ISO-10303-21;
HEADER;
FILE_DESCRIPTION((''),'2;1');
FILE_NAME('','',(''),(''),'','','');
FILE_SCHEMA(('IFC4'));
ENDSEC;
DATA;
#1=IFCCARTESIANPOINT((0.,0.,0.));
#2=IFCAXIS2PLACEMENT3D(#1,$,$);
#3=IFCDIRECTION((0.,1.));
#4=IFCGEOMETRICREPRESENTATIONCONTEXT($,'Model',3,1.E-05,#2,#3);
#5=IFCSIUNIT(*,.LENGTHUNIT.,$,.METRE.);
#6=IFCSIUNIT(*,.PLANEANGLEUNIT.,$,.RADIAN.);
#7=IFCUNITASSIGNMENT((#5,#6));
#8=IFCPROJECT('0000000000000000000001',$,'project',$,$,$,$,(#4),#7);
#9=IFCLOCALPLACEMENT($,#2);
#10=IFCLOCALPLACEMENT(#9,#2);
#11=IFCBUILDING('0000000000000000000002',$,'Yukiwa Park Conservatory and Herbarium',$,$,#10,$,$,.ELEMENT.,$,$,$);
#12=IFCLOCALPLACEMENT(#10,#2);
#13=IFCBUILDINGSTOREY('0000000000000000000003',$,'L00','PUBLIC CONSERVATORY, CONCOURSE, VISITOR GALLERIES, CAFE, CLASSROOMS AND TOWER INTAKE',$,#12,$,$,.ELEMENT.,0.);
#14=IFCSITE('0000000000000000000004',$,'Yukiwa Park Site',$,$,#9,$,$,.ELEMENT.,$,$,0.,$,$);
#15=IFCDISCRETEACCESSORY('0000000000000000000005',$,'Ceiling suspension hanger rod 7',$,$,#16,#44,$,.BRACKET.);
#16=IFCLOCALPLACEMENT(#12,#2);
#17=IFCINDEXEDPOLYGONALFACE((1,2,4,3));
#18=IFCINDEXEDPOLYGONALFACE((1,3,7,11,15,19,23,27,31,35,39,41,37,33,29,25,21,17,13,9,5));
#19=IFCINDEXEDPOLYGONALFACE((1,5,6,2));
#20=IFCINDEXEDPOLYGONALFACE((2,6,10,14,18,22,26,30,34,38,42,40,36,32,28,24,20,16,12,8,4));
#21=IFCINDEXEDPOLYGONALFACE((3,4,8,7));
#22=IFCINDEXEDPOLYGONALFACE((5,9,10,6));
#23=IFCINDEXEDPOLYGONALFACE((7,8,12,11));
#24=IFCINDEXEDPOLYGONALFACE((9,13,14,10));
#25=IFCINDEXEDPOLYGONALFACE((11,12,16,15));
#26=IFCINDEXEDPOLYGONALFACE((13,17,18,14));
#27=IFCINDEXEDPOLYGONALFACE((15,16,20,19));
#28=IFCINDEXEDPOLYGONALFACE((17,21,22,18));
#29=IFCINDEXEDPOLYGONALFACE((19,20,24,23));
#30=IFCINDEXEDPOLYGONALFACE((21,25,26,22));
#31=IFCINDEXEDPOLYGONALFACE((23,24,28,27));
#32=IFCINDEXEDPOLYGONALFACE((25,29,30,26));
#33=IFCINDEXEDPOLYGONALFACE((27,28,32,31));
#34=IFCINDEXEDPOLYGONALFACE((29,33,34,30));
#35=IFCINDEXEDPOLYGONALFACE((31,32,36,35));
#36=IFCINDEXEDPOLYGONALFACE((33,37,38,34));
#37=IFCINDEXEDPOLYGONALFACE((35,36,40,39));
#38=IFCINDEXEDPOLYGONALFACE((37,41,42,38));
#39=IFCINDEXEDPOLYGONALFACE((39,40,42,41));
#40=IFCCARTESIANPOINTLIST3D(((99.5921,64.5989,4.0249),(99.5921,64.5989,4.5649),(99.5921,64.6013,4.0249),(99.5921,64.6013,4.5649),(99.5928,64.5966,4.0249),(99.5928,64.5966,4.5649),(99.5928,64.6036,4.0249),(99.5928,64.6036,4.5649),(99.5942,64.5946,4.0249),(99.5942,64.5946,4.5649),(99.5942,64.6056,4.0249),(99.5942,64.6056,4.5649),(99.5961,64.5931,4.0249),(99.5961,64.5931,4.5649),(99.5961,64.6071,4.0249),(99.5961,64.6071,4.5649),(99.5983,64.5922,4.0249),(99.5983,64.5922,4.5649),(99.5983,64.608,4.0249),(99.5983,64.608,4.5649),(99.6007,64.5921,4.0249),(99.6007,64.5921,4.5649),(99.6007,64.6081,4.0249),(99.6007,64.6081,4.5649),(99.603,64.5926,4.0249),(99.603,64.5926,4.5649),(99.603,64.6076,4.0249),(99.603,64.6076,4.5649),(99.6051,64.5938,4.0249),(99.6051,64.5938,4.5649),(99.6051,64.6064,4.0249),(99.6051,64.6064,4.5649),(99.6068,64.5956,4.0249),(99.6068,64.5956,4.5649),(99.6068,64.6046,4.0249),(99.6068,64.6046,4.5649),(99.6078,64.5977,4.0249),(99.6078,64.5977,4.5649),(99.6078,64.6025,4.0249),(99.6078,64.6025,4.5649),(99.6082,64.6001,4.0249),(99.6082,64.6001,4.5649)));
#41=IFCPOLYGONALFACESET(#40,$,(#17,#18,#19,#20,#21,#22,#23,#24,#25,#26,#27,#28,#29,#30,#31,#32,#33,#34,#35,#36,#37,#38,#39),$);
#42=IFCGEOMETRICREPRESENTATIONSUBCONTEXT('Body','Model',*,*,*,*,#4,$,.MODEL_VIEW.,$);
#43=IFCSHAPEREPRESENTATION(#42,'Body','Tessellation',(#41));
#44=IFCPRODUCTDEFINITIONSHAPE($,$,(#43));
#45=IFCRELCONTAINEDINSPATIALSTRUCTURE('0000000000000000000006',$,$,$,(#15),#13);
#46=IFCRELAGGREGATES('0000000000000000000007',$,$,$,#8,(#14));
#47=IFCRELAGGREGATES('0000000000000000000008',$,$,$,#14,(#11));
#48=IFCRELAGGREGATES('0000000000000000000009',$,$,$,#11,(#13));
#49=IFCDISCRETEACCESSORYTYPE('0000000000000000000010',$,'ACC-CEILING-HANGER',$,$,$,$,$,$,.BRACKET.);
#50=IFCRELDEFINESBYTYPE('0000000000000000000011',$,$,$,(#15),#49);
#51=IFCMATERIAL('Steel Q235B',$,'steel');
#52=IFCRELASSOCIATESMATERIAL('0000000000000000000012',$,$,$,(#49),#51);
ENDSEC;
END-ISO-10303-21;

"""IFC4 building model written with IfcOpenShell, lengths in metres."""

from ifc_helpers import new_model, si_unit, direction, frame, origin, origin_2d, place, context, subcontext, project, spatial, circle, extrude, material, type_object, element, save


model = new_model("IFC4")

# Units and contexts
model_context = context("Model", 3, precision=1e-05, world=origin(), true_north=direction((0.0, 1.0)))
body_context = subcontext(model_context, "Body", "Model", "MODEL_VIEW")
ifc_project = project(units=[si_unit("LENGTHUNIT", "METRE"), si_unit("PLANEANGLEUNIT", "RADIAN")], contexts=[model_context])

# Site, building, storey
site_placement = place(None, origin())
site = spatial("IfcSite", under=ifc_project, at=site_placement, Name="Yukiwa Park Site", CompositionType="ELEMENT", RefElevation=0.0)
building_placement = place(site_placement, origin())
building = spatial("IfcBuilding", under=site, at=building_placement, Name="Yukiwa Park Conservatory and Herbarium", CompositionType="ELEMENT")
storey_placement = place(building_placement, origin())
storey = spatial("IfcBuildingStorey", under=building, at=storey_placement, Name="L00", Description="PUBLIC CONSERVATORY, CONCOURSE, VISITOR GALLERIES, CAFE, CLASSROOMS AND TOWER INTAKE", CompositionType="ELEMENT", Elevation=0.0)

# Discrete accessory
ifc_material_1 = material(Name="Steel Q235B", Category="steel")
discrete_accessory_type = type_object("IfcDiscreteAccessoryType", Name="ACC-CEILING-HANGER", PredefinedType="BRACKET", material=ifc_material_1)
discrete_accessory_placement = place(storey_placement, frame((99.6001, 64.6001, 4.0249), z_axis=(0.0, 0.0, 1.0), x_axis=(1.0, 0.0, 0.0)))
element("IfcDiscreteAccessory", 1, at=discrete_accessory_placement, inside=storey, type_object=discrete_accessory_type, Name="Ceiling suspension hanger rod 7", PredefinedType="BRACKET", context=body_context, shape_type="SweptSolid", body=[
    extrude(circle(Radius=0.0081, at=origin_2d()), origin(), (0.0, 0.0, 1.0), 0.54),
])

save(model, "model.ifc")
